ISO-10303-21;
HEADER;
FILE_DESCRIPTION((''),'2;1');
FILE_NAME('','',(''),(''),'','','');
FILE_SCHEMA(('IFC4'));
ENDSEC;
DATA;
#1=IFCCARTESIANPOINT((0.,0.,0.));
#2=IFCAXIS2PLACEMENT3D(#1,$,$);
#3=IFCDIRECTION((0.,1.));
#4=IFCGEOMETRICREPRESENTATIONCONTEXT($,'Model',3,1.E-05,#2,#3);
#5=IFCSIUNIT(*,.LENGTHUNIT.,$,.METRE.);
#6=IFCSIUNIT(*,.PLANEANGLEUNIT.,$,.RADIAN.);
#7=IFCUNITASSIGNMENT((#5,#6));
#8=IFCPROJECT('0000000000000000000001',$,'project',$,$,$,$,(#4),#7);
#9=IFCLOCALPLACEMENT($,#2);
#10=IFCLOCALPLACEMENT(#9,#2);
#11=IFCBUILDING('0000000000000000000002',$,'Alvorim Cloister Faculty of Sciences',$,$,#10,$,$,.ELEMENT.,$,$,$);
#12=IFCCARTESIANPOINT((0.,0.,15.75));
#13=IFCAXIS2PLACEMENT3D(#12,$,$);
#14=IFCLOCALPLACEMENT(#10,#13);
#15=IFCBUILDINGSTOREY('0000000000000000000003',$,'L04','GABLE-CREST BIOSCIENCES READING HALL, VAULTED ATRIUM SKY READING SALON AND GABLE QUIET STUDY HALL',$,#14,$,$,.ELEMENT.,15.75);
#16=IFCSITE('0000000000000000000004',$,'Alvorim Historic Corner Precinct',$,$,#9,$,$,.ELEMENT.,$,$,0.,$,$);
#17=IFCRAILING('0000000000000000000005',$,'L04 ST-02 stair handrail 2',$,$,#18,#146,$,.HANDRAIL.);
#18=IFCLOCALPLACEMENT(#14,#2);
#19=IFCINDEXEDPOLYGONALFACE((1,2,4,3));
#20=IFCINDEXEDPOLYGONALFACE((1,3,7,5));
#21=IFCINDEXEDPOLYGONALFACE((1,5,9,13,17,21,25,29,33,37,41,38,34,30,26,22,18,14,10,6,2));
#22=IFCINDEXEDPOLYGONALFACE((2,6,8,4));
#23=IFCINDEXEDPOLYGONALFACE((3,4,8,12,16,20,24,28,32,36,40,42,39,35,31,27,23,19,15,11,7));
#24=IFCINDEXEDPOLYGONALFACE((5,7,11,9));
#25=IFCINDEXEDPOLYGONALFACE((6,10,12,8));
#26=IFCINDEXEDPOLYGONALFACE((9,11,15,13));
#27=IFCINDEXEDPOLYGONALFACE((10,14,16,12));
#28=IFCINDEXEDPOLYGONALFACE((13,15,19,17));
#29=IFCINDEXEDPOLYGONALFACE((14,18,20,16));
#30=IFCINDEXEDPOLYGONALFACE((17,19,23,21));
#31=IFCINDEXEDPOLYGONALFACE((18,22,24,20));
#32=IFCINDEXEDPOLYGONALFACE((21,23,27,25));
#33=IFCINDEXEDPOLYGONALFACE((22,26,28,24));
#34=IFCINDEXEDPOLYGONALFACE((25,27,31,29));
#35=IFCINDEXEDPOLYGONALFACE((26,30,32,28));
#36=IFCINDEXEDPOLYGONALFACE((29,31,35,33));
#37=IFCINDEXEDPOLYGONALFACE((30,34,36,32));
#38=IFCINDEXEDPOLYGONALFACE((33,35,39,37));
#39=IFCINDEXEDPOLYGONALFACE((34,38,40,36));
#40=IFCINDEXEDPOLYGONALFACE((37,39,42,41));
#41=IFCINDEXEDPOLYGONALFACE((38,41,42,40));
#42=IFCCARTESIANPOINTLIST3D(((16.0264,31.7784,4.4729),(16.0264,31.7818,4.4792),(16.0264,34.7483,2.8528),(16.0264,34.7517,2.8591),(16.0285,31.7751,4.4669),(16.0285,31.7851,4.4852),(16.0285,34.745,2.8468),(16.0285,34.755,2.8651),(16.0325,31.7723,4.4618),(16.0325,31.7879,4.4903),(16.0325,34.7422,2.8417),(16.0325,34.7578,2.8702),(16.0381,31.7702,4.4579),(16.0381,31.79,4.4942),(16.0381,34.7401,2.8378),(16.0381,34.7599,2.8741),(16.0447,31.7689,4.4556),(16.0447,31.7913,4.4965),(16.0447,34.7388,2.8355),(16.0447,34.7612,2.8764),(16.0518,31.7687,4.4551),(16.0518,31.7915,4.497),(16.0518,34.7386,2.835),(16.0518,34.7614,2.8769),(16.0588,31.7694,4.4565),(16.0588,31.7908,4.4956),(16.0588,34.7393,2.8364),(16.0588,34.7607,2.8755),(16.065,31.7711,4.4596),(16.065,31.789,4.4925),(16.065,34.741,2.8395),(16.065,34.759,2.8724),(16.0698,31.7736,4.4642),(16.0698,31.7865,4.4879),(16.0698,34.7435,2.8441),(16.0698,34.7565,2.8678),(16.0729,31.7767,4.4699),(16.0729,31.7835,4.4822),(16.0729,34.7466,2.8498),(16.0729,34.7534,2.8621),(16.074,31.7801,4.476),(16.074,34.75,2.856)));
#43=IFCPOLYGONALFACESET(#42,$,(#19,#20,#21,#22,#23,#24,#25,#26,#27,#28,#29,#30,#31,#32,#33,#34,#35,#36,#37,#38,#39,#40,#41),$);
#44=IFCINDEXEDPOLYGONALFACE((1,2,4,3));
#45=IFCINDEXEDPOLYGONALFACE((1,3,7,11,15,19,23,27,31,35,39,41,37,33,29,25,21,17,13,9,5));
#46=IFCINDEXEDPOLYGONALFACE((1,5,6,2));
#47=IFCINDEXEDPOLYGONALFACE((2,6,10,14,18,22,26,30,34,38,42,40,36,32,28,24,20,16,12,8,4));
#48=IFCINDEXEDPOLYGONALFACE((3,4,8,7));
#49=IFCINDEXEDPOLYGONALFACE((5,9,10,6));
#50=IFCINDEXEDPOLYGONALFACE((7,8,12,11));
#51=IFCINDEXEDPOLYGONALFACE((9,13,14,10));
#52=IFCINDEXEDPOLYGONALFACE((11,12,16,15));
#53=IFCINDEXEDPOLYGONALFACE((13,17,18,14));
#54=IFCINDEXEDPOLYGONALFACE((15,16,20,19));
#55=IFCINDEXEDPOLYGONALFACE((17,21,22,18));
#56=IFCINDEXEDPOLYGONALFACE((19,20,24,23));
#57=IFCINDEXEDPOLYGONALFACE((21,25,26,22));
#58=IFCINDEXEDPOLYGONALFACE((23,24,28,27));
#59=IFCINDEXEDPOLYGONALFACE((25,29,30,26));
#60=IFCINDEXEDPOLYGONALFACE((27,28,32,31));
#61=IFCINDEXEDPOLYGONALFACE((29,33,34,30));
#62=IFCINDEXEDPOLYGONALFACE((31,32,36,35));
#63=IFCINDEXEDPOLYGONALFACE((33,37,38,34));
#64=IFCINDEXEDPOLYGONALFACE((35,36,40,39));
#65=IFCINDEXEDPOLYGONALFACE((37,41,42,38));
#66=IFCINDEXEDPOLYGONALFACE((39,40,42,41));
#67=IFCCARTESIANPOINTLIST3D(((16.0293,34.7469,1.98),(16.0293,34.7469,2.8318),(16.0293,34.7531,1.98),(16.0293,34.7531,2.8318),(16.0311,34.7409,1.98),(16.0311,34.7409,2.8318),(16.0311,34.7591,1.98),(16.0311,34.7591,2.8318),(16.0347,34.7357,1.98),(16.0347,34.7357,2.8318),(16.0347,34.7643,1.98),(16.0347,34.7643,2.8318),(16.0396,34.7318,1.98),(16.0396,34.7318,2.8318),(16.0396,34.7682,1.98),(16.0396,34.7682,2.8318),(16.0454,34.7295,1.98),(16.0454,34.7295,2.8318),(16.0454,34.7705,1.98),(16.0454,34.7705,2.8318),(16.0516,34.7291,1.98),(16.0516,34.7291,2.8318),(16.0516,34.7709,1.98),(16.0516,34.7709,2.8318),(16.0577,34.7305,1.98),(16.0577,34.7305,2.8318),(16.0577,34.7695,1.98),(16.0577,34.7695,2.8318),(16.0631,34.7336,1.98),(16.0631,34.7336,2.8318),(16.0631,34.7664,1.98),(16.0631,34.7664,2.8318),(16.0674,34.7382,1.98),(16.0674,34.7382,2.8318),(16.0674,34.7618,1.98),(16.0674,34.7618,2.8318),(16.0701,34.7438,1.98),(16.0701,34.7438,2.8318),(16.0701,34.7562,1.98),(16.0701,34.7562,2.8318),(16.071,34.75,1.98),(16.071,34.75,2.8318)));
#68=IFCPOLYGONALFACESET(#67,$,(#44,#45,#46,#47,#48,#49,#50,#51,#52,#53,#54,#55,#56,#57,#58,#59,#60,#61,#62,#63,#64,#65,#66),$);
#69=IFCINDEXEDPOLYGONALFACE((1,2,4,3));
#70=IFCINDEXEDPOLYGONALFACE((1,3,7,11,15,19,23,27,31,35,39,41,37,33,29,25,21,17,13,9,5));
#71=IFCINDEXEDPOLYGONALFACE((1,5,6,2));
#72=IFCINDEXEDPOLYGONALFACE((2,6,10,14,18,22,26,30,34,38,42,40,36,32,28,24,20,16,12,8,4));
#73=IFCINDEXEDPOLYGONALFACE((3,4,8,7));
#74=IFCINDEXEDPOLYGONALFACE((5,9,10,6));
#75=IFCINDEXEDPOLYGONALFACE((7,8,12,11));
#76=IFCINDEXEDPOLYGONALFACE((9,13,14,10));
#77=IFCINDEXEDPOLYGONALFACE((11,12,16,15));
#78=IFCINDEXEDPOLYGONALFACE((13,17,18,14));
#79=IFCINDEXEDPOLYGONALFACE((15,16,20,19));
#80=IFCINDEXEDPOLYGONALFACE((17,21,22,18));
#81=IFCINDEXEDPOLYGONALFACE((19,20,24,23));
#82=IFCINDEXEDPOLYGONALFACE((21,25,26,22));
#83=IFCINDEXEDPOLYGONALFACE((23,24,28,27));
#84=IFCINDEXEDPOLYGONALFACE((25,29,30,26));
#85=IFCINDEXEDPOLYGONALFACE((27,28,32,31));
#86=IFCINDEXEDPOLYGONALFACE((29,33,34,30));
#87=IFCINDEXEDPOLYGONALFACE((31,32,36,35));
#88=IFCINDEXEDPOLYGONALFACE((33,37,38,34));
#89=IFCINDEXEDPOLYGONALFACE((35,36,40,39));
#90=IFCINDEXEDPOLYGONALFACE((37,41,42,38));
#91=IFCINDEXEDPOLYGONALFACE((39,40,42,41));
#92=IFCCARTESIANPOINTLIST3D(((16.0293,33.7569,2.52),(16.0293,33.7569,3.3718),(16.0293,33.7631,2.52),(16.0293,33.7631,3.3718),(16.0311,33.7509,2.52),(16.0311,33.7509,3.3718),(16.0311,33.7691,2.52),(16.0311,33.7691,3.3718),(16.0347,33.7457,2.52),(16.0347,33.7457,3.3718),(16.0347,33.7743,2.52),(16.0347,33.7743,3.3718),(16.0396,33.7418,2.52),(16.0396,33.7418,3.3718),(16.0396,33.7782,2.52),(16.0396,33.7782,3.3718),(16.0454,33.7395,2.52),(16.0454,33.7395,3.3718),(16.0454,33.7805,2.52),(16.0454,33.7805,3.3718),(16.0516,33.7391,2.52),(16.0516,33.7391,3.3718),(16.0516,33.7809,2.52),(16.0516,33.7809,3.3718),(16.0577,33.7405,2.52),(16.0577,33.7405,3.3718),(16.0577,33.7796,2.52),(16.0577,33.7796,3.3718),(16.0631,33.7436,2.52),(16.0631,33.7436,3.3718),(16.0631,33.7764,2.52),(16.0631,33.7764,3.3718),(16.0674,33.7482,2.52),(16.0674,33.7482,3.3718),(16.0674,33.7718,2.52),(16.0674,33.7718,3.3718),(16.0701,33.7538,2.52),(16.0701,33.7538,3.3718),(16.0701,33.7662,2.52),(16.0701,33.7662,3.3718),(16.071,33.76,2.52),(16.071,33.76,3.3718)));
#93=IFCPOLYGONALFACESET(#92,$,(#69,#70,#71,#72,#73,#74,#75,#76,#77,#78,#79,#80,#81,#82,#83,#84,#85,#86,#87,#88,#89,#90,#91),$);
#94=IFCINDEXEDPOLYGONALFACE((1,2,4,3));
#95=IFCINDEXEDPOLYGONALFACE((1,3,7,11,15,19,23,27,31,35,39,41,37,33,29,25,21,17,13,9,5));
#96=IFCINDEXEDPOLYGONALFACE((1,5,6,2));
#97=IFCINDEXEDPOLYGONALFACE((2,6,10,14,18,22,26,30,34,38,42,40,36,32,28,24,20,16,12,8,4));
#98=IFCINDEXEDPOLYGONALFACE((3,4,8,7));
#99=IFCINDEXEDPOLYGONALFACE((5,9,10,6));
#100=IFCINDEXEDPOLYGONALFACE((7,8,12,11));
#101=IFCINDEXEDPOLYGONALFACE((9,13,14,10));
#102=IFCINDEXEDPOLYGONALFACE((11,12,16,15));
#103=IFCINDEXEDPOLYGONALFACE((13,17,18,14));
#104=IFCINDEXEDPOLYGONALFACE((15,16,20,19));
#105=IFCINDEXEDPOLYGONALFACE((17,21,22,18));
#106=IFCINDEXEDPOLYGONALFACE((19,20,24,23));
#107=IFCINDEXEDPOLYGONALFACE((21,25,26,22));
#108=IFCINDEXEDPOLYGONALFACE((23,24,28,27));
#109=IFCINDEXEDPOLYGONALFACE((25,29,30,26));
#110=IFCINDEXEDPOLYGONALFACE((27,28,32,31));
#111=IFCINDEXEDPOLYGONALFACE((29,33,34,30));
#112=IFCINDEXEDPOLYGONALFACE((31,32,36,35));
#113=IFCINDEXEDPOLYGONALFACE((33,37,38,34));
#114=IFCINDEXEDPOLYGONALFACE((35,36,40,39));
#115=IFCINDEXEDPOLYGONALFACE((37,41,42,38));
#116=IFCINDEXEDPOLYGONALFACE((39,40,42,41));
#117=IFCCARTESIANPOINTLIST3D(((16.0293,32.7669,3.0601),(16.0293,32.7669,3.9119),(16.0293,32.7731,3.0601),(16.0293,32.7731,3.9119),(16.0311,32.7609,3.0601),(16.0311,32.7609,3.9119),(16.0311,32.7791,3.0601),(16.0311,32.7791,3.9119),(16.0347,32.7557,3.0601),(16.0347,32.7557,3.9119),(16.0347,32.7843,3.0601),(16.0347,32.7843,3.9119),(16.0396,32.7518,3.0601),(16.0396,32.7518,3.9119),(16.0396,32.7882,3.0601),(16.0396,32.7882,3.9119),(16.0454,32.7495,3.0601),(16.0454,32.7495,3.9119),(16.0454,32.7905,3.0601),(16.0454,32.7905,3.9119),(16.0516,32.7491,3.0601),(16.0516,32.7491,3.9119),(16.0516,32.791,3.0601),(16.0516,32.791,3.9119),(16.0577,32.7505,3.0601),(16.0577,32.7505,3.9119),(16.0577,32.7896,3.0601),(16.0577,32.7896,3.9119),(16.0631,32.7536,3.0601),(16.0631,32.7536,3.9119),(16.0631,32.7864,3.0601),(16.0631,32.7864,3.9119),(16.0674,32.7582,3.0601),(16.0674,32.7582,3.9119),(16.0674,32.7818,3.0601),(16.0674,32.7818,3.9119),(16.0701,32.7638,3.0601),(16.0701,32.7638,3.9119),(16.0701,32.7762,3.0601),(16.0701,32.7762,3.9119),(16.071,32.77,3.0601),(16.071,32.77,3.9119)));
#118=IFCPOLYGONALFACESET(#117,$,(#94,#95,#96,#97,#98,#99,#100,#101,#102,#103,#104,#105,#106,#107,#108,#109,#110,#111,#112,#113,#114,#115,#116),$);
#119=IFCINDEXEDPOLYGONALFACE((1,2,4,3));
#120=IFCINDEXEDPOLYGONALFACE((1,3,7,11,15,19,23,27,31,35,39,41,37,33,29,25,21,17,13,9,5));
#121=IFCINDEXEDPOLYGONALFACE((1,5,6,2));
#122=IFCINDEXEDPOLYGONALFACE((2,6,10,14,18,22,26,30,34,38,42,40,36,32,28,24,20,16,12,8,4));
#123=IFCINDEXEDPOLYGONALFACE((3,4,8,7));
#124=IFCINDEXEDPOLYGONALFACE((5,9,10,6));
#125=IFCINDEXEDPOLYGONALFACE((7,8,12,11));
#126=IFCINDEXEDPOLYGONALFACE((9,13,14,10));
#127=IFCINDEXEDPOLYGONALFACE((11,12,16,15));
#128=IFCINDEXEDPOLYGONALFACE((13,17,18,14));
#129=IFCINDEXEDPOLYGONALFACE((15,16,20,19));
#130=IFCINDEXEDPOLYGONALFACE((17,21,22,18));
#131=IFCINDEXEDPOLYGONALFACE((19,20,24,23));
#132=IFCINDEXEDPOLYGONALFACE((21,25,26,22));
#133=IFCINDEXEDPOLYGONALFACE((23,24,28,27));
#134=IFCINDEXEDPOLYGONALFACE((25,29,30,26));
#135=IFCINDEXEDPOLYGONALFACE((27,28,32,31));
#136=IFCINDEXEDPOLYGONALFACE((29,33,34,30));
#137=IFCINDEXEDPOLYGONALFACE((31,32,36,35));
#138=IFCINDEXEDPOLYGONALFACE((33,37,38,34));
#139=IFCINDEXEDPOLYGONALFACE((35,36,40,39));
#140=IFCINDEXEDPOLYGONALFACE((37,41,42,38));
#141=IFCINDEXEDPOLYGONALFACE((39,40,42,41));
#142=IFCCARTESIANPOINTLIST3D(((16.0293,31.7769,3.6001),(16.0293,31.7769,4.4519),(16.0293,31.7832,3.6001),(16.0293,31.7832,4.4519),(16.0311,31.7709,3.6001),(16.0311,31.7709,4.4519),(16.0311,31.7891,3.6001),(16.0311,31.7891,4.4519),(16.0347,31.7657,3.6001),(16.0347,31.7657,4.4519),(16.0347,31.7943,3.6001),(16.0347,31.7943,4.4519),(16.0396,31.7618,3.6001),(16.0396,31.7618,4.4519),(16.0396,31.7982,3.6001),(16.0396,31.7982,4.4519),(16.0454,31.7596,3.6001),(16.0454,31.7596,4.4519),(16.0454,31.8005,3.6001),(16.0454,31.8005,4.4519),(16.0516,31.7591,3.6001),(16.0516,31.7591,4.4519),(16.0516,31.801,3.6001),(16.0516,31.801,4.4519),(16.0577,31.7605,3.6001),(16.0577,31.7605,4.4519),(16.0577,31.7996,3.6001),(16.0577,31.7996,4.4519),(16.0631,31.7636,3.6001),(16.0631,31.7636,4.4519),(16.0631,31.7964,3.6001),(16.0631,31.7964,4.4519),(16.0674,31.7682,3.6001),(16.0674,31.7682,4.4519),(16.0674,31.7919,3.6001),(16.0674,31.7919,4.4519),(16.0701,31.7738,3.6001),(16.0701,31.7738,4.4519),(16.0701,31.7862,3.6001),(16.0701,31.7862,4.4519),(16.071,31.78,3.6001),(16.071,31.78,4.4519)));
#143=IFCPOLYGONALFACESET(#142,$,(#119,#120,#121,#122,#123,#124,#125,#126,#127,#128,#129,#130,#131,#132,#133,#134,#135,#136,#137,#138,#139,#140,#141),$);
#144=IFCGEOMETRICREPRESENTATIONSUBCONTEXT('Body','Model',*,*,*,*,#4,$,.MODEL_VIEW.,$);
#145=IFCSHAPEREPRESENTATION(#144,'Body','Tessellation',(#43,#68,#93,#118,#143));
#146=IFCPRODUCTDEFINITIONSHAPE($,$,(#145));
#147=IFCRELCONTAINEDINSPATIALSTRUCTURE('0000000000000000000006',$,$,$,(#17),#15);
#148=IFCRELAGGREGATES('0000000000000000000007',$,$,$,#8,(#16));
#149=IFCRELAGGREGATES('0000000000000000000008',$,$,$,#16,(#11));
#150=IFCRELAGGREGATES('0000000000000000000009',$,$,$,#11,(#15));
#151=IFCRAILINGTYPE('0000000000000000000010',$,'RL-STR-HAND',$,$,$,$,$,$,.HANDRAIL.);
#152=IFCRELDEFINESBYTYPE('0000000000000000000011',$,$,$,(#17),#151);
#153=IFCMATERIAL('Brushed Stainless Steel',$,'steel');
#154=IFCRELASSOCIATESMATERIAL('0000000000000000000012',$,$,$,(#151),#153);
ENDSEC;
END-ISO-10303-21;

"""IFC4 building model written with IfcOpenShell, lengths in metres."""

from ifc_helpers import new_model, si_unit, direction, frame, origin, origin_2d, place, context, subcontext, project, spatial, circle, extrude, material, type_object, element, save


model = new_model("IFC4")

# Units and contexts
model_context = context("Model", 3, precision=1e-05, world=origin(), true_north=direction((0.0, 1.0)))
body_context = subcontext(model_context, "Body", "Model", "MODEL_VIEW")
ifc_project = project(units=[si_unit("LENGTHUNIT", "METRE"), si_unit("PLANEANGLEUNIT", "RADIAN")], contexts=[model_context])

# Site, building, storey
site_placement = place(None, origin())
site = spatial("IfcSite", under=ifc_project, at=site_placement, Name="Alvorim Historic Corner Precinct", CompositionType="ELEMENT", RefElevation=0.0)
building_placement = place(site_placement, origin())
building = spatial("IfcBuilding", under=site, at=building_placement, Name="Alvorim Cloister Faculty of Sciences", CompositionType="ELEMENT")
storey_placement = place(building_placement, frame((0.0, 0.0, 15.75)))
storey = spatial("IfcBuildingStorey", under=building, at=storey_placement, Name="L04", Description="GABLE-CREST BIOSCIENCES READING HALL, VAULTED ATRIUM SKY READING SALON AND GABLE QUIET STUDY HALL", CompositionType="ELEMENT", Elevation=15.75)

# Shared definitions
ifc_material_1 = material(Name="Brushed Stainless Steel", Category="steel")

# Railing
railing_type_1 = type_object("IfcRailingType", Name="RL-STR-HAND", PredefinedType="HANDRAIL", material=ifc_material_1)
railing_1_placement = place(storey_placement, frame((16.05, 34.75, 1.98)))
element("IfcRailing", 1, at=railing_1_placement, inside=storey, type_object=railing_type_1, Name="L04 ST-02 stair handrail 2", PredefinedType="HANDRAIL", context=body_context, shape_type="SweptSolid", body=[
    extrude(circle(Radius=0.0239, at=origin_2d()), frame((0.0, 0.0, 0.876), z_axis=(0.0, -0.877879, 0.478882), x_axis=(1.0, 0.0, 0.0)), (0.0, 0.0, 1.0), 3.3831),
    extrude(circle(Radius=0.021, at=origin_2d()), origin(), (0.0, 0.0, 1.0), 0.8518),
    extrude(circle(Radius=0.021, at=origin_2d()), frame((0.0, -0.99, 0.54)), (0.0, 0.0, 1.0), 0.8518),
    extrude(circle(Radius=0.021, at=origin_2d()), frame((0.0, -1.98, 1.0801)), (0.0, 0.0, 1.0), 0.8518),
    extrude(circle(Radius=0.021, at=origin_2d()), frame((0.0, -2.97, 1.6201)), (0.0, 0.0, 1.0), 0.8518),
])

save(model, "model.ifc")
